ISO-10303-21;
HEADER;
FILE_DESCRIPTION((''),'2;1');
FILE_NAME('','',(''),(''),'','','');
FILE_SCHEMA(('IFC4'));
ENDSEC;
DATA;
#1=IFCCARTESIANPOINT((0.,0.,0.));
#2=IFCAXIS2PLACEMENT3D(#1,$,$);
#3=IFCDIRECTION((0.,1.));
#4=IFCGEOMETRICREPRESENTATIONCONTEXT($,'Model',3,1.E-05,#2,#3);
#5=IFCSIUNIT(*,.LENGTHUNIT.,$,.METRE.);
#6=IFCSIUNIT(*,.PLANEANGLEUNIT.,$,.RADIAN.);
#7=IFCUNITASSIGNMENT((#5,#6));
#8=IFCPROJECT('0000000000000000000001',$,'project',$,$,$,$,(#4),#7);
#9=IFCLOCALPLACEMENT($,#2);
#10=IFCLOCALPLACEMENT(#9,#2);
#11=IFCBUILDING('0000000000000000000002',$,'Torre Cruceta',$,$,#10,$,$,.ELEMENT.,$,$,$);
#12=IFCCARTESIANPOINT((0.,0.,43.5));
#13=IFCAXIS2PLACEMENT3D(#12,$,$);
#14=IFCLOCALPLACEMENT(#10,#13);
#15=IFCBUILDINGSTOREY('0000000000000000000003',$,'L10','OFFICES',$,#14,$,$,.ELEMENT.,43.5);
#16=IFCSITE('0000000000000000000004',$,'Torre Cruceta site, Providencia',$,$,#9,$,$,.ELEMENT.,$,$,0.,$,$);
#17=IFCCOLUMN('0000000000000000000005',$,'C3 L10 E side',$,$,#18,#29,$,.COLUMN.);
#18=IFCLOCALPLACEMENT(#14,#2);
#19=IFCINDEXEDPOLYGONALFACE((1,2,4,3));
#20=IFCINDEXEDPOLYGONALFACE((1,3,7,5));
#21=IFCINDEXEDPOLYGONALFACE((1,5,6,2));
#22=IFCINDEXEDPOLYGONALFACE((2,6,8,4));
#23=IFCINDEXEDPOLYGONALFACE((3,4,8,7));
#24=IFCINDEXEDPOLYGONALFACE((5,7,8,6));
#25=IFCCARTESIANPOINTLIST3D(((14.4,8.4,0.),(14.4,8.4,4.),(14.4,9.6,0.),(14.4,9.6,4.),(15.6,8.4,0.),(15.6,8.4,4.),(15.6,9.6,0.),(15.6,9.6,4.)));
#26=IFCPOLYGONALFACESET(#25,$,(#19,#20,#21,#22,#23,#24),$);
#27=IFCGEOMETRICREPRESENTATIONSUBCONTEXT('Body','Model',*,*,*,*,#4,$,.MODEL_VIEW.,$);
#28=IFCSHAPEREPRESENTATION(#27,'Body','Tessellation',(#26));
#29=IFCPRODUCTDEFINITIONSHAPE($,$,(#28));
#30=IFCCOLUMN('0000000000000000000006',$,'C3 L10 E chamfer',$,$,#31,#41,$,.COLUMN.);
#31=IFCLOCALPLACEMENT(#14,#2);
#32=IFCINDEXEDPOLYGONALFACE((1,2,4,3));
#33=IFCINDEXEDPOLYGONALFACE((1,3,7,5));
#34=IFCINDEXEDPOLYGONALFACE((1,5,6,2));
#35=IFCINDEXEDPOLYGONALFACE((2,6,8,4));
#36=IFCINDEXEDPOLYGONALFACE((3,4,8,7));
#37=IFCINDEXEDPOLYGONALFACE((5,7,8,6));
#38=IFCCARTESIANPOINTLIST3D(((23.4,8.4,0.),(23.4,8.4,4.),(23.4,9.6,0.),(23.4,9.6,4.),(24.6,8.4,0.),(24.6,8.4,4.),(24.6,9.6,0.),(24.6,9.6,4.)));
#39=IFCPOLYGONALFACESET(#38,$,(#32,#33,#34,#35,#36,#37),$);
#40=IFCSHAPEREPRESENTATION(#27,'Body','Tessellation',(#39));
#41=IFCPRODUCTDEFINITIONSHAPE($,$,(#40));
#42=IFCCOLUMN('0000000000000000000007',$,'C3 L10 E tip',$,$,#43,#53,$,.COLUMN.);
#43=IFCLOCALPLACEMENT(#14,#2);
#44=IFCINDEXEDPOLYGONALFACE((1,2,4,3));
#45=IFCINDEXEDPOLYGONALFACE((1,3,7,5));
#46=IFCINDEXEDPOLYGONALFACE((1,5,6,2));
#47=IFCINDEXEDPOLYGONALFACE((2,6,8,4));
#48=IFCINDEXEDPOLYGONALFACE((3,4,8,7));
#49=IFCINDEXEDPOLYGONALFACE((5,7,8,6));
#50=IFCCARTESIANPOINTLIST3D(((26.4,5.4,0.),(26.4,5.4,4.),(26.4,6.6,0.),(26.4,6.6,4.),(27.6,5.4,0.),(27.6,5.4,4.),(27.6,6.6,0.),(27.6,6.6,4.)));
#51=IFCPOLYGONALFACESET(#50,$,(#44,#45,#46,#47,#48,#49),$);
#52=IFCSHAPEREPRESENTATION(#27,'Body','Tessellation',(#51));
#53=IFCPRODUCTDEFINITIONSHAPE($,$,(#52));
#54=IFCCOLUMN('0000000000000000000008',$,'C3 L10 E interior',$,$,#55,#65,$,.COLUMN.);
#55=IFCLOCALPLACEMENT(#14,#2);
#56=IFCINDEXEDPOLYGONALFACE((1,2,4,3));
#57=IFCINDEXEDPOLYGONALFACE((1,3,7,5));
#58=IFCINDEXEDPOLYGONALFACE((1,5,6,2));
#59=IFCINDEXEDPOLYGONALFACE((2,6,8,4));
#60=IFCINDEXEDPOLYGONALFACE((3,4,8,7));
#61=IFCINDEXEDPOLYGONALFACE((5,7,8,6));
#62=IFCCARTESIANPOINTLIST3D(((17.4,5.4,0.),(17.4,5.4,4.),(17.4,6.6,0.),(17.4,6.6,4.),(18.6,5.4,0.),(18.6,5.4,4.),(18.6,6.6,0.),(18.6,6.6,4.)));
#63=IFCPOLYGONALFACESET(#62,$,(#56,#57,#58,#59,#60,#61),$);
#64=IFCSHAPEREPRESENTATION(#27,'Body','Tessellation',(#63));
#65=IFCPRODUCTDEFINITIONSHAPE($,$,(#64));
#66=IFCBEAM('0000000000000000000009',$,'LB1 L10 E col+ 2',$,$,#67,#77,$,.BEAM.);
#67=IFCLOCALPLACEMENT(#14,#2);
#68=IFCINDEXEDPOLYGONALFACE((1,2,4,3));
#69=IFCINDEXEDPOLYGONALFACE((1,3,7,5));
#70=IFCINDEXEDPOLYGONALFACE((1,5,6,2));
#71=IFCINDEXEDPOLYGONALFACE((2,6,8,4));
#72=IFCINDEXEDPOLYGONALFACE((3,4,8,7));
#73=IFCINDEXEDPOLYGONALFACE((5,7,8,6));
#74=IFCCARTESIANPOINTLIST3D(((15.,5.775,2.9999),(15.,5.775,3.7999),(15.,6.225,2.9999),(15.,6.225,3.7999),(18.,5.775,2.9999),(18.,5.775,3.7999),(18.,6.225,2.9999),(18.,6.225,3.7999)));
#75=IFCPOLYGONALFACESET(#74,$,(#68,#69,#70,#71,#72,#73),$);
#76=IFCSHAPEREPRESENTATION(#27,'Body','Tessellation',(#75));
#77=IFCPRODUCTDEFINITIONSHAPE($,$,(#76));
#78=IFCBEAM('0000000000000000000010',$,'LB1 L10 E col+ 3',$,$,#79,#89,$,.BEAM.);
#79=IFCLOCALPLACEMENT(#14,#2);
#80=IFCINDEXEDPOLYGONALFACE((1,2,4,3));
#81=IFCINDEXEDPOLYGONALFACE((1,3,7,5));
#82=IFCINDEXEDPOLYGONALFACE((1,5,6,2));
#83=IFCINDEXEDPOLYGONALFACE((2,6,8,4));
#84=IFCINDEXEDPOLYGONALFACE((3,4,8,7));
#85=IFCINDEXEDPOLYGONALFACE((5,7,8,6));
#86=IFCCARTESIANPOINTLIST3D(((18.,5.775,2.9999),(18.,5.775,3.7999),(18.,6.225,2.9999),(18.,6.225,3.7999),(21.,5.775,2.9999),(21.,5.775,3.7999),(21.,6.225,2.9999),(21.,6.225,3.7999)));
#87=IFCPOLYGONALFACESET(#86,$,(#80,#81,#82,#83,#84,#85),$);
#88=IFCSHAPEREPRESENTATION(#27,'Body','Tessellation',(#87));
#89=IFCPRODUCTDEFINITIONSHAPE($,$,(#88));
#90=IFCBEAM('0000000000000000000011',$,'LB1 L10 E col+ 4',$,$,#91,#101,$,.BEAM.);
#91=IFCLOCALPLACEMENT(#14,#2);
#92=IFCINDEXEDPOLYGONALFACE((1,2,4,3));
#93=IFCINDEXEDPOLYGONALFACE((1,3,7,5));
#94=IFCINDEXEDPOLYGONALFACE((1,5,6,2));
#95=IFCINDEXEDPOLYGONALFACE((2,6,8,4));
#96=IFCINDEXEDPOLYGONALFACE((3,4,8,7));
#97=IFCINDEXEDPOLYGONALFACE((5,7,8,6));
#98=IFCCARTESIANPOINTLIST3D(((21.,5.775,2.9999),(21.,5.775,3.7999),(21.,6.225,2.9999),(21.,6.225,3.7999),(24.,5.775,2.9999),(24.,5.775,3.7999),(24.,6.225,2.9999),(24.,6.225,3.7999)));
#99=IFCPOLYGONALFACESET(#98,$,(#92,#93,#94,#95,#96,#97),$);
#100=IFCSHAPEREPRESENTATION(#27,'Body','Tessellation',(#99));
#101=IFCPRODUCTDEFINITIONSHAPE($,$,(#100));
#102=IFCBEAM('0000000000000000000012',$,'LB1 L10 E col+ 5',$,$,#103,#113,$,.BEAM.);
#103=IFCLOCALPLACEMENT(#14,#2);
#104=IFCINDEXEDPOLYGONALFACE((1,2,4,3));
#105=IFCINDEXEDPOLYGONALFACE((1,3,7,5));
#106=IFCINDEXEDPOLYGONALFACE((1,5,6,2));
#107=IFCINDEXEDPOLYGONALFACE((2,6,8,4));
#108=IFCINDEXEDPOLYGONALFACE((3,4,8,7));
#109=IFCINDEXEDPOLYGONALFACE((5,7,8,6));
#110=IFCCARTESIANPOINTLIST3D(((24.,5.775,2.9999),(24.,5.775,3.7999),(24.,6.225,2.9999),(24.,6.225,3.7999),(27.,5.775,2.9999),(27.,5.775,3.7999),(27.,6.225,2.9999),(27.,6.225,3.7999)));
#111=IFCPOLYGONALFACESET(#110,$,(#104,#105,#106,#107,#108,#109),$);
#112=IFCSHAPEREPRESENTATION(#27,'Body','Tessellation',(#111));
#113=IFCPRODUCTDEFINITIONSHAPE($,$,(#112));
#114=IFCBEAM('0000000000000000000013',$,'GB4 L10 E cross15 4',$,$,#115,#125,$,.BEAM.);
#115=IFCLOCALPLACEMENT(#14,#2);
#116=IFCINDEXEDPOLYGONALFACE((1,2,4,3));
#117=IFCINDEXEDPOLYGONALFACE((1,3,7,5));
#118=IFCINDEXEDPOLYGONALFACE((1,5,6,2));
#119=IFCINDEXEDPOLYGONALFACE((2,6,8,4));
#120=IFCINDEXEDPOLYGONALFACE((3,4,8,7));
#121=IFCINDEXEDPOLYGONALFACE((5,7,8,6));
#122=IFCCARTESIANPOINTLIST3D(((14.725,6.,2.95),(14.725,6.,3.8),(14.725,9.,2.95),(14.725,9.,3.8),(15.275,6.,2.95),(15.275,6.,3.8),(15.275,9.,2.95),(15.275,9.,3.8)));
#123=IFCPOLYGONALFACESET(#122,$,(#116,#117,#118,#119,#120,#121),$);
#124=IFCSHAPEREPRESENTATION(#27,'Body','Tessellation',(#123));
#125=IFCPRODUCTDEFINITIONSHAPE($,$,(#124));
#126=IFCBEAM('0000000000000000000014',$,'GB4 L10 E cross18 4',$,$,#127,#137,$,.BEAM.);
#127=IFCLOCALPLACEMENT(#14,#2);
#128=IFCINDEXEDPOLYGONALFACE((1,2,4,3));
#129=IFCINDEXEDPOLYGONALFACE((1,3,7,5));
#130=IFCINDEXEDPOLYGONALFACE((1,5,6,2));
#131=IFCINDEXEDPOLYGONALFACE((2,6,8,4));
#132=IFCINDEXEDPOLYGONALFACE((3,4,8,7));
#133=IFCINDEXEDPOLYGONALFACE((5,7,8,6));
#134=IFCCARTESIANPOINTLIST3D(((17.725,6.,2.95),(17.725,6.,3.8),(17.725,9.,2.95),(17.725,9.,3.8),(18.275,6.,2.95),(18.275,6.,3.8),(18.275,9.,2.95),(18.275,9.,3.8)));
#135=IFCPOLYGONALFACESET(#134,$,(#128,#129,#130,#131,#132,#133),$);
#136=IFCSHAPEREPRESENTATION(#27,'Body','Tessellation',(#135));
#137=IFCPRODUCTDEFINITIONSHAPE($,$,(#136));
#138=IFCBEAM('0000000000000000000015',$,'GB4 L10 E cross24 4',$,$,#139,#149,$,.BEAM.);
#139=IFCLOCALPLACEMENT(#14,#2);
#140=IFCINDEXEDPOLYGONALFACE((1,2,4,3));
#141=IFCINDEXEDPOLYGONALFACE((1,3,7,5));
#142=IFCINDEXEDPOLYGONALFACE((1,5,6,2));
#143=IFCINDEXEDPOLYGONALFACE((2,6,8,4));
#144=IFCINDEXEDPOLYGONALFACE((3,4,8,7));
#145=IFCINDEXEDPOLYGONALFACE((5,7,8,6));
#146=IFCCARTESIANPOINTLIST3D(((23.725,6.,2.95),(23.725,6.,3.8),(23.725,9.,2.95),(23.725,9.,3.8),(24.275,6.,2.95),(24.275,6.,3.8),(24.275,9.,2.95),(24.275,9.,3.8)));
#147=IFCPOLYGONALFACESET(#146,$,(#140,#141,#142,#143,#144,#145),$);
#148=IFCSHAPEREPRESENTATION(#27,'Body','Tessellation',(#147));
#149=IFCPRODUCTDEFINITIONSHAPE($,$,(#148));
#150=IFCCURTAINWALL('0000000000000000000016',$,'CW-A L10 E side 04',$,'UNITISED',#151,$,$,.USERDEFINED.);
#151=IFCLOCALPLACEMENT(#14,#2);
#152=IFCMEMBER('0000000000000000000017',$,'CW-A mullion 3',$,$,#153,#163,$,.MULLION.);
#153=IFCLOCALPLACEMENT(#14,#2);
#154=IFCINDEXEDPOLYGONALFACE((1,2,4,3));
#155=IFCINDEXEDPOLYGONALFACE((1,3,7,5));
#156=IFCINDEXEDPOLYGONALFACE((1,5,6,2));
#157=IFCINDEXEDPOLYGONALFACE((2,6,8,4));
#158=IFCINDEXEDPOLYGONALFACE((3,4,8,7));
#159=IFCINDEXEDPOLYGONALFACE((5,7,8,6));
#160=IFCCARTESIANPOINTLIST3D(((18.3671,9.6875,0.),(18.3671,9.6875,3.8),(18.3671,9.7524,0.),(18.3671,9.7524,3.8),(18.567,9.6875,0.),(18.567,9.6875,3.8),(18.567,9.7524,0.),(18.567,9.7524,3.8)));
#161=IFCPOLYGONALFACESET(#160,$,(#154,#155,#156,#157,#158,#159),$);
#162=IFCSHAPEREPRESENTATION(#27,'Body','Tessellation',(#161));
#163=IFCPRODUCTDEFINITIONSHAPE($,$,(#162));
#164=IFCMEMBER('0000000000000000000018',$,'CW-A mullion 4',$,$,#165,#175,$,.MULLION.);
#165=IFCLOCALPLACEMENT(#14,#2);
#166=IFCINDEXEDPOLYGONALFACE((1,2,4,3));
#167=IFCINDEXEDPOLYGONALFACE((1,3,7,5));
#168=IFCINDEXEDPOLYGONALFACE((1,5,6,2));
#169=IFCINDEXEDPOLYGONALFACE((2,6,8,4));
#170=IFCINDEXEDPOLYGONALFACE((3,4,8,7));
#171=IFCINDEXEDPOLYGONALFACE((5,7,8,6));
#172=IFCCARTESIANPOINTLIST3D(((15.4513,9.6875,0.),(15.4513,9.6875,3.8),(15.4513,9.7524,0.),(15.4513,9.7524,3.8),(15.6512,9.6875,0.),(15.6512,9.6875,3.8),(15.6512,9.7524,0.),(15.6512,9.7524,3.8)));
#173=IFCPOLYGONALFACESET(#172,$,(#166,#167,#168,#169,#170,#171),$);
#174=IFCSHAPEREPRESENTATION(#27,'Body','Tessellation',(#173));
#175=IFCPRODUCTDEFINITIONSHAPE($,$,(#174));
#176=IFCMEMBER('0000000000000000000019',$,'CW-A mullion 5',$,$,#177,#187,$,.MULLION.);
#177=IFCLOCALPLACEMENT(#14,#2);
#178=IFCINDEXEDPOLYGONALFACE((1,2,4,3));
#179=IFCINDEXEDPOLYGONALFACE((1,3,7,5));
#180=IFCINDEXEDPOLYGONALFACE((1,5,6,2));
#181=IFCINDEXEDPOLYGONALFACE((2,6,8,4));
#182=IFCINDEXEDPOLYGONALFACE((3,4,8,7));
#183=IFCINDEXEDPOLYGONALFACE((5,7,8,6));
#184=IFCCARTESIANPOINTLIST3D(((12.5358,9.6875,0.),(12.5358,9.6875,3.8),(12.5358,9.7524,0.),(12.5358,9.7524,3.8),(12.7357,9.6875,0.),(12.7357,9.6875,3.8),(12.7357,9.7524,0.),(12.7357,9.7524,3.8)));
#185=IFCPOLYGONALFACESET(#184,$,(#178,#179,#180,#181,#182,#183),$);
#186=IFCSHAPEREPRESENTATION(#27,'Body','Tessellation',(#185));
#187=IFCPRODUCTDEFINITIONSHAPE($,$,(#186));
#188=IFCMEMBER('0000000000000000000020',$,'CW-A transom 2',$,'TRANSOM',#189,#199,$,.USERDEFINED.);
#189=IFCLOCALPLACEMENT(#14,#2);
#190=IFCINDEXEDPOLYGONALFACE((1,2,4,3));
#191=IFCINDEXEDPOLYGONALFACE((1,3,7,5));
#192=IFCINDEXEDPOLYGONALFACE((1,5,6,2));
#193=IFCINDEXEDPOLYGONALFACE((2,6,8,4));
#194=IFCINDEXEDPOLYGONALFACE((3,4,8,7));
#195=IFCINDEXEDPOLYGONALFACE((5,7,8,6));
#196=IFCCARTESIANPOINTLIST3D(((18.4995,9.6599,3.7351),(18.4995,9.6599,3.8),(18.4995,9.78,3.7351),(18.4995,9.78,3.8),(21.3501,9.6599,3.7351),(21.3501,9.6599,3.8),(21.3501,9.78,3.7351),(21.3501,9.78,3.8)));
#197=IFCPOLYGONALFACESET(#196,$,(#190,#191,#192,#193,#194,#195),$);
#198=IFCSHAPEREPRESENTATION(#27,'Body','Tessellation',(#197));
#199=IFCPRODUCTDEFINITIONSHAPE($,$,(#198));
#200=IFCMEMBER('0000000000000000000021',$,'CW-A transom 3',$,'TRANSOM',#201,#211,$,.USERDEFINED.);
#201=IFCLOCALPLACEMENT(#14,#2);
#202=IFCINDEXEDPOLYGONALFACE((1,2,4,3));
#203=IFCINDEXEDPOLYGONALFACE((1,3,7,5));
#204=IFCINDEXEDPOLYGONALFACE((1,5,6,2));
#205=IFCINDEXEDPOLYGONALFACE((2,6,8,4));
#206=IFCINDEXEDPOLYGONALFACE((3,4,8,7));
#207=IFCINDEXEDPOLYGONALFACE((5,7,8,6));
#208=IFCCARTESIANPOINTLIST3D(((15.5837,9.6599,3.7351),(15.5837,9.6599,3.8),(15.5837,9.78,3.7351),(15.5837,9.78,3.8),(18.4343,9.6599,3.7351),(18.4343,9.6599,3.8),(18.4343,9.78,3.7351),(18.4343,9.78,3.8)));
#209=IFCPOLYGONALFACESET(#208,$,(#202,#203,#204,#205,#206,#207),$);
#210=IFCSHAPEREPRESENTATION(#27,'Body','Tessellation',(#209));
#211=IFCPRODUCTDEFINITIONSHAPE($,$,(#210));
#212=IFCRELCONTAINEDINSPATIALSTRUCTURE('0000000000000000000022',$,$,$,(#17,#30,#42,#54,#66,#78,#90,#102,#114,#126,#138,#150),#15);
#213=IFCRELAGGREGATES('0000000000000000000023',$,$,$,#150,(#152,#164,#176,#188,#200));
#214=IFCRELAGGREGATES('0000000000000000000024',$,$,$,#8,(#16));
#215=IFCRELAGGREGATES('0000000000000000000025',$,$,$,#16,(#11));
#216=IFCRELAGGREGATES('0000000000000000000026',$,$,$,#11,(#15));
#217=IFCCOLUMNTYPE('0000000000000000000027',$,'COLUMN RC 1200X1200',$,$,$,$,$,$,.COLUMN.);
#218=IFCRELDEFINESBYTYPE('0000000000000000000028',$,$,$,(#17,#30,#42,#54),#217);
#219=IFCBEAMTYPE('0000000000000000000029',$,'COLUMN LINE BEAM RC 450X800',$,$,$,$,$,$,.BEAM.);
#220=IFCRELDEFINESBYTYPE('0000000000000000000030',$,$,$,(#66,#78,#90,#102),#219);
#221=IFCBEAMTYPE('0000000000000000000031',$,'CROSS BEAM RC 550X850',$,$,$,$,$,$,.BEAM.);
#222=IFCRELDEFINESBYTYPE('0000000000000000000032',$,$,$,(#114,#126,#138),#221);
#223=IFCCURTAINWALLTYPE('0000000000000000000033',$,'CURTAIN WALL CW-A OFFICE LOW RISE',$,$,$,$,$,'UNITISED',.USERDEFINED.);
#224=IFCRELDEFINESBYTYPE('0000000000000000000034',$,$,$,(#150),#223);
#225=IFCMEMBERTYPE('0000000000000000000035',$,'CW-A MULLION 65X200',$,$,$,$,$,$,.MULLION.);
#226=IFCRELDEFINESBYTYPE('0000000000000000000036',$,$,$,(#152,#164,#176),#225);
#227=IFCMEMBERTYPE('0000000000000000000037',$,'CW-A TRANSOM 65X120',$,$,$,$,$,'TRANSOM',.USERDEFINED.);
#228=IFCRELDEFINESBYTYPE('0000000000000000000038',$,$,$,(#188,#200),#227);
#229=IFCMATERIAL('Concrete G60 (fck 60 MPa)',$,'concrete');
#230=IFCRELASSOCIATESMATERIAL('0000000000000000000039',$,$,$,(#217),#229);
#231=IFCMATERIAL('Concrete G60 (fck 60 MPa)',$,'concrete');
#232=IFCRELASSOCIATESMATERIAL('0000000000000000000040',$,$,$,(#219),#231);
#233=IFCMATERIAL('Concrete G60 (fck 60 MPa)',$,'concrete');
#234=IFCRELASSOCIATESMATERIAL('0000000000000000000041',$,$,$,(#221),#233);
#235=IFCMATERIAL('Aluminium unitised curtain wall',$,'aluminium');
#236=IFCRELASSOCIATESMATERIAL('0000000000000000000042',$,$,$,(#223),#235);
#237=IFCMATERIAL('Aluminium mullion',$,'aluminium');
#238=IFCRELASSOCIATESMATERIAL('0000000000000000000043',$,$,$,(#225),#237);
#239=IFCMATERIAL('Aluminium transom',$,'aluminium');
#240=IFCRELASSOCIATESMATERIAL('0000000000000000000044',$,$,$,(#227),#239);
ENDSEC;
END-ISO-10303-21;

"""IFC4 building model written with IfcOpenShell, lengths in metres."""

from ifc_helpers import new_model, si_unit, direction, frame, origin, origin_2d, place, context, subcontext, project, spatial, rectangle, extrude, material, material_profile, profile_set, type_object, element, aggregate, save


model = new_model("IFC4")

# Units and contexts
model_context = context("Model", 3, precision=1e-05, world=origin(), true_north=direction((0.0, 1.0)))
body_context = subcontext(model_context, "Body", "Model", "MODEL_VIEW")
ifc_project = project(units=[si_unit("LENGTHUNIT", "METRE"), si_unit("PLANEANGLEUNIT", "RADIAN")], contexts=[model_context])

# Site, building, storey
site_placement = place(None, origin())
site = spatial("IfcSite", under=ifc_project, at=site_placement, Name="Torre Cruceta site, Providencia", CompositionType="ELEMENT", RefElevation=0.0)
building_placement = place(site_placement, origin())
building = spatial("IfcBuilding", under=site, at=building_placement, Name="Torre Cruceta", CompositionType="ELEMENT")
storey_placement = place(building_placement, frame((0.0, 0.0, 43.5)))
storey = spatial("IfcBuildingStorey", under=building, at=storey_placement, Name="L10", Description="OFFICES", CompositionType="ELEMENT", Elevation=43.5)

# Columns
ifc_material_1 = material(Name="Concrete G60 (fck 60 MPa)", Category="concrete")
ifc_material_profile_1 = material_profile(ifc_material_1, rectangle(XDim=1.2, YDim=1.2, at=origin_2d()), Name="RC 1200X1200")
ifc_profile_set_1 = profile_set([ifc_material_profile_1], Name="Concrete G60 (fck 60 MPa)")
column_type = type_object("IfcColumnType", Name="COLUMN RC 1200X1200", PredefinedType="COLUMN", material=ifc_profile_set_1)
for number, where, z_axis, x_axis, name in (
    (1, (15.0, 9.0, 0.0), (0.0, 0.0, 1.0), (1.0, 0.0, 0.0), "C3 L10 E side"),
    (2, (24.0, 9.0, 0.0), (0.0, 0.0, 1.0), (1.0, 0.0, 0.0), "C3 L10 E chamfer"),
    (3, (27.0, 6.0, 0.0), (0.0, 0.0, 1.0), (1.0, 0.0, 0.0), "C3 L10 E tip"),
    (4, (18.0, 6.0, 0.0), (0.0, 0.0, 1.0), (1.0, 0.0, 0.0), "C3 L10 E interior"),
):
    element("IfcColumn", number, at=place(storey_placement, frame(where, z_axis=z_axis, x_axis=x_axis)), inside=storey, type_object=column_type, Name=name, PredefinedType="COLUMN", context=body_context, shape_type="SweptSolid", body=[
        extrude(rectangle(XDim=1.2, YDim=1.2, at=origin_2d()), origin(), (0.0, 0.0, 1.0), 4.0),
    ])

# Beams
ifc_material_2 = material(Name="Concrete G60 (fck 60 MPa)", Category="concrete")
ifc_material_profile_2 = material_profile(ifc_material_2, rectangle(XDim=0.45, YDim=0.8, at=origin_2d()), Name="RC 450X800")
ifc_profile_set_2 = profile_set([ifc_material_profile_2], Name="Concrete G60 (fck 60 MPa)")
beam_type_1 = type_object("IfcBeamType", Name="COLUMN LINE BEAM RC 450X800", PredefinedType="BEAM", material=ifc_profile_set_2)
for number, where, z_axis, x_axis, name in (
    (5, (15.0, 6.0, 3.3999), (1.0, 0.0, 0.0), (0.0, 1.0, 0.0), "LB1 L10 E col+ 2"),
    (6, (18.0, 6.0, 3.3999), (1.0, 0.0, 0.0), (0.0, 1.0, 0.0), "LB1 L10 E col+ 3"),
    (7, (21.0, 6.0, 3.3999), (1.0, 0.0, 0.0), (0.0, 1.0, 0.0), "LB1 L10 E col+ 4"),
    (8, (24.0, 6.0, 3.3999), (1.0, 0.0, 0.0), (0.0, 1.0, 0.0), "LB1 L10 E col+ 5"),
):
    element("IfcBeam", number, at=place(storey_placement, frame(where, z_axis=z_axis, x_axis=x_axis)), inside=storey, type_object=beam_type_1, Name=name, PredefinedType="BEAM", context=body_context, shape_type="SweptSolid", body=[
        extrude(rectangle(XDim=0.45, YDim=0.8, at=origin_2d()), origin(), (0.0, 0.0, 1.0), 3.0),
    ])
ifc_material_3 = material(Name="Concrete G60 (fck 60 MPa)", Category="concrete")
ifc_material_profile_3 = material_profile(ifc_material_3, rectangle(XDim=0.55, YDim=0.8501, at=origin_2d()), Name="RC 550X850")
ifc_profile_set_3 = profile_set([ifc_material_profile_3], Name="Concrete G60 (fck 60 MPa)")
beam_type_2 = type_object("IfcBeamType", Name="CROSS BEAM RC 550X850", PredefinedType="BEAM", material=ifc_profile_set_3)
for number, where, z_axis, x_axis, name in (
    (9, (15.0, 6.0, 3.375), (0.0, 1.0, 0.0), (-1.0, 0.0, 0.0), "GB4 L10 E cross15 4"),
    (10, (18.0, 6.0, 3.375), (0.0, 1.0, 0.0), (-1.0, 0.0, 0.0), "GB4 L10 E cross18 4"),
    (11, (24.0, 6.0, 3.375), (0.0, 1.0, 0.0), (-1.0, 0.0, 0.0), "GB4 L10 E cross24 4"),
):
    element("IfcBeam", number, at=place(storey_placement, frame(where, z_axis=z_axis, x_axis=x_axis)), inside=storey, type_object=beam_type_2, Name=name, PredefinedType="BEAM", context=body_context, shape_type="SweptSolid", body=[
        extrude(rectangle(XDim=0.55, YDim=0.8501, at=origin_2d()), origin(), (0.0, 0.0, 1.0), 3.0),
    ])

# Curtain wall, members
ifc_material_4 = material(Name="Aluminium unitised curtain wall", Category="aluminium")
curtain_wall_type = type_object("IfcCurtainWallType", Name="CURTAIN WALL CW-A OFFICE LOW RISE", ElementType="UNITISED", PredefinedType="USERDEFINED", material=ifc_material_4)
curtain_wall_placement = place(storey_placement, origin())
curtain_wall = element("IfcCurtainWall", 12, at=curtain_wall_placement, inside=storey, type_object=curtain_wall_type, Name="CW-A L10 E side 04", ObjectType="UNITISED", PredefinedType="USERDEFINED")
ifc_material_5 = material(Name="Aluminium mullion", Category="aluminium")
ifc_material_profile_4 = material_profile(ifc_material_5, rectangle(XDim=0.0649, YDim=0.2, at=origin_2d()), Name="AL 65X200")
ifc_profile_set_4 = profile_set([ifc_material_profile_4], Name="Aluminium mullion")
member_type_1 = type_object("IfcMemberType", Name="CW-A MULLION 65X200", PredefinedType="MULLION", material=ifc_profile_set_4)
member_1_placement = place(storey_placement, frame((18.467, 9.72, 0.0), z_axis=(0.0, 0.0, 1.0), x_axis=(0.0, -1.0, 0.0)))
member_1 = element("IfcMember", 13, at=member_1_placement, type_object=member_type_1, Name="CW-A mullion 3", PredefinedType="MULLION", context=body_context, shape_type="SweptSolid", body=[
    extrude(rectangle(XDim=0.0649, YDim=0.2, at=origin_2d()), origin(), (0.0, 0.0, 1.0), 3.8),
])
member_2_placement = place(storey_placement, frame((15.5513, 9.72, 0.0), z_axis=(0.0, 0.0, 1.0), x_axis=(0.0, -1.0, 0.0)))
member_2 = element("IfcMember", 14, at=member_2_placement, type_object=member_type_1, Name="CW-A mullion 4", PredefinedType="MULLION", context=body_context, shape_type="SweptSolid", body=[
    extrude(rectangle(XDim=0.0649, YDim=0.2, at=origin_2d()), origin(), (0.0, 0.0, 1.0), 3.8),
])
member_3_placement = place(storey_placement, frame((12.6357, 9.72, 0.0), z_axis=(0.0, 0.0, 1.0), x_axis=(0.0, -1.0, 0.0)))
member_3 = element("IfcMember", 15, at=member_3_placement, type_object=member_type_1, Name="CW-A mullion 5", PredefinedType="MULLION", context=body_context, shape_type="SweptSolid", body=[
    extrude(rectangle(XDim=0.0649, YDim=0.2, at=origin_2d()), origin(), (0.0, 0.0, 1.0), 3.8),
])
ifc_material_6 = material(Name="Aluminium transom", Category="aluminium")
ifc_material_profile_5 = material_profile(ifc_material_6, rectangle(XDim=0.1201, YDim=0.0649, at=origin_2d()), Name="AL 120X65")
ifc_profile_set_5 = profile_set([ifc_material_profile_5], Name="Aluminium transom")
member_type_2 = type_object("IfcMemberType", Name="CW-A TRANSOM 65X120", ElementType="TRANSOM", PredefinedType="USERDEFINED", material=ifc_profile_set_5)
member_4_placement = place(storey_placement, frame((21.3501, 9.72, 3.7676), z_axis=(-1.0, 0.0, 0.0), x_axis=(0.0, -1.0, 0.0)))
member_4 = element("IfcMember", 16, at=member_4_placement, type_object=member_type_2, Name="CW-A transom 2", ObjectType="TRANSOM", PredefinedType="USERDEFINED", context=body_context, shape_type="SweptSolid", body=[
    extrude(rectangle(XDim=0.1201, YDim=0.0649, at=origin_2d()), origin(), (0.0, 0.0, 1.0), 2.8506),
])
member_5_placement = place(storey_placement, frame((18.4343, 9.72, 3.7676), z_axis=(-1.0, 0.0, 0.0), x_axis=(0.0, -1.0, 0.0)))
member_5 = element("IfcMember", 17, at=member_5_placement, type_object=member_type_2, Name="CW-A transom 3", ObjectType="TRANSOM", PredefinedType="USERDEFINED", context=body_context, shape_type="SweptSolid", body=[
    extrude(rectangle(XDim=0.1201, YDim=0.0649, at=origin_2d()), origin(), (0.0, 0.0, 1.0), 2.8506),
])

aggregate(curtain_wall, [member_1, member_2, member_3, member_4, member_5])

save(model, "model.ifc")
